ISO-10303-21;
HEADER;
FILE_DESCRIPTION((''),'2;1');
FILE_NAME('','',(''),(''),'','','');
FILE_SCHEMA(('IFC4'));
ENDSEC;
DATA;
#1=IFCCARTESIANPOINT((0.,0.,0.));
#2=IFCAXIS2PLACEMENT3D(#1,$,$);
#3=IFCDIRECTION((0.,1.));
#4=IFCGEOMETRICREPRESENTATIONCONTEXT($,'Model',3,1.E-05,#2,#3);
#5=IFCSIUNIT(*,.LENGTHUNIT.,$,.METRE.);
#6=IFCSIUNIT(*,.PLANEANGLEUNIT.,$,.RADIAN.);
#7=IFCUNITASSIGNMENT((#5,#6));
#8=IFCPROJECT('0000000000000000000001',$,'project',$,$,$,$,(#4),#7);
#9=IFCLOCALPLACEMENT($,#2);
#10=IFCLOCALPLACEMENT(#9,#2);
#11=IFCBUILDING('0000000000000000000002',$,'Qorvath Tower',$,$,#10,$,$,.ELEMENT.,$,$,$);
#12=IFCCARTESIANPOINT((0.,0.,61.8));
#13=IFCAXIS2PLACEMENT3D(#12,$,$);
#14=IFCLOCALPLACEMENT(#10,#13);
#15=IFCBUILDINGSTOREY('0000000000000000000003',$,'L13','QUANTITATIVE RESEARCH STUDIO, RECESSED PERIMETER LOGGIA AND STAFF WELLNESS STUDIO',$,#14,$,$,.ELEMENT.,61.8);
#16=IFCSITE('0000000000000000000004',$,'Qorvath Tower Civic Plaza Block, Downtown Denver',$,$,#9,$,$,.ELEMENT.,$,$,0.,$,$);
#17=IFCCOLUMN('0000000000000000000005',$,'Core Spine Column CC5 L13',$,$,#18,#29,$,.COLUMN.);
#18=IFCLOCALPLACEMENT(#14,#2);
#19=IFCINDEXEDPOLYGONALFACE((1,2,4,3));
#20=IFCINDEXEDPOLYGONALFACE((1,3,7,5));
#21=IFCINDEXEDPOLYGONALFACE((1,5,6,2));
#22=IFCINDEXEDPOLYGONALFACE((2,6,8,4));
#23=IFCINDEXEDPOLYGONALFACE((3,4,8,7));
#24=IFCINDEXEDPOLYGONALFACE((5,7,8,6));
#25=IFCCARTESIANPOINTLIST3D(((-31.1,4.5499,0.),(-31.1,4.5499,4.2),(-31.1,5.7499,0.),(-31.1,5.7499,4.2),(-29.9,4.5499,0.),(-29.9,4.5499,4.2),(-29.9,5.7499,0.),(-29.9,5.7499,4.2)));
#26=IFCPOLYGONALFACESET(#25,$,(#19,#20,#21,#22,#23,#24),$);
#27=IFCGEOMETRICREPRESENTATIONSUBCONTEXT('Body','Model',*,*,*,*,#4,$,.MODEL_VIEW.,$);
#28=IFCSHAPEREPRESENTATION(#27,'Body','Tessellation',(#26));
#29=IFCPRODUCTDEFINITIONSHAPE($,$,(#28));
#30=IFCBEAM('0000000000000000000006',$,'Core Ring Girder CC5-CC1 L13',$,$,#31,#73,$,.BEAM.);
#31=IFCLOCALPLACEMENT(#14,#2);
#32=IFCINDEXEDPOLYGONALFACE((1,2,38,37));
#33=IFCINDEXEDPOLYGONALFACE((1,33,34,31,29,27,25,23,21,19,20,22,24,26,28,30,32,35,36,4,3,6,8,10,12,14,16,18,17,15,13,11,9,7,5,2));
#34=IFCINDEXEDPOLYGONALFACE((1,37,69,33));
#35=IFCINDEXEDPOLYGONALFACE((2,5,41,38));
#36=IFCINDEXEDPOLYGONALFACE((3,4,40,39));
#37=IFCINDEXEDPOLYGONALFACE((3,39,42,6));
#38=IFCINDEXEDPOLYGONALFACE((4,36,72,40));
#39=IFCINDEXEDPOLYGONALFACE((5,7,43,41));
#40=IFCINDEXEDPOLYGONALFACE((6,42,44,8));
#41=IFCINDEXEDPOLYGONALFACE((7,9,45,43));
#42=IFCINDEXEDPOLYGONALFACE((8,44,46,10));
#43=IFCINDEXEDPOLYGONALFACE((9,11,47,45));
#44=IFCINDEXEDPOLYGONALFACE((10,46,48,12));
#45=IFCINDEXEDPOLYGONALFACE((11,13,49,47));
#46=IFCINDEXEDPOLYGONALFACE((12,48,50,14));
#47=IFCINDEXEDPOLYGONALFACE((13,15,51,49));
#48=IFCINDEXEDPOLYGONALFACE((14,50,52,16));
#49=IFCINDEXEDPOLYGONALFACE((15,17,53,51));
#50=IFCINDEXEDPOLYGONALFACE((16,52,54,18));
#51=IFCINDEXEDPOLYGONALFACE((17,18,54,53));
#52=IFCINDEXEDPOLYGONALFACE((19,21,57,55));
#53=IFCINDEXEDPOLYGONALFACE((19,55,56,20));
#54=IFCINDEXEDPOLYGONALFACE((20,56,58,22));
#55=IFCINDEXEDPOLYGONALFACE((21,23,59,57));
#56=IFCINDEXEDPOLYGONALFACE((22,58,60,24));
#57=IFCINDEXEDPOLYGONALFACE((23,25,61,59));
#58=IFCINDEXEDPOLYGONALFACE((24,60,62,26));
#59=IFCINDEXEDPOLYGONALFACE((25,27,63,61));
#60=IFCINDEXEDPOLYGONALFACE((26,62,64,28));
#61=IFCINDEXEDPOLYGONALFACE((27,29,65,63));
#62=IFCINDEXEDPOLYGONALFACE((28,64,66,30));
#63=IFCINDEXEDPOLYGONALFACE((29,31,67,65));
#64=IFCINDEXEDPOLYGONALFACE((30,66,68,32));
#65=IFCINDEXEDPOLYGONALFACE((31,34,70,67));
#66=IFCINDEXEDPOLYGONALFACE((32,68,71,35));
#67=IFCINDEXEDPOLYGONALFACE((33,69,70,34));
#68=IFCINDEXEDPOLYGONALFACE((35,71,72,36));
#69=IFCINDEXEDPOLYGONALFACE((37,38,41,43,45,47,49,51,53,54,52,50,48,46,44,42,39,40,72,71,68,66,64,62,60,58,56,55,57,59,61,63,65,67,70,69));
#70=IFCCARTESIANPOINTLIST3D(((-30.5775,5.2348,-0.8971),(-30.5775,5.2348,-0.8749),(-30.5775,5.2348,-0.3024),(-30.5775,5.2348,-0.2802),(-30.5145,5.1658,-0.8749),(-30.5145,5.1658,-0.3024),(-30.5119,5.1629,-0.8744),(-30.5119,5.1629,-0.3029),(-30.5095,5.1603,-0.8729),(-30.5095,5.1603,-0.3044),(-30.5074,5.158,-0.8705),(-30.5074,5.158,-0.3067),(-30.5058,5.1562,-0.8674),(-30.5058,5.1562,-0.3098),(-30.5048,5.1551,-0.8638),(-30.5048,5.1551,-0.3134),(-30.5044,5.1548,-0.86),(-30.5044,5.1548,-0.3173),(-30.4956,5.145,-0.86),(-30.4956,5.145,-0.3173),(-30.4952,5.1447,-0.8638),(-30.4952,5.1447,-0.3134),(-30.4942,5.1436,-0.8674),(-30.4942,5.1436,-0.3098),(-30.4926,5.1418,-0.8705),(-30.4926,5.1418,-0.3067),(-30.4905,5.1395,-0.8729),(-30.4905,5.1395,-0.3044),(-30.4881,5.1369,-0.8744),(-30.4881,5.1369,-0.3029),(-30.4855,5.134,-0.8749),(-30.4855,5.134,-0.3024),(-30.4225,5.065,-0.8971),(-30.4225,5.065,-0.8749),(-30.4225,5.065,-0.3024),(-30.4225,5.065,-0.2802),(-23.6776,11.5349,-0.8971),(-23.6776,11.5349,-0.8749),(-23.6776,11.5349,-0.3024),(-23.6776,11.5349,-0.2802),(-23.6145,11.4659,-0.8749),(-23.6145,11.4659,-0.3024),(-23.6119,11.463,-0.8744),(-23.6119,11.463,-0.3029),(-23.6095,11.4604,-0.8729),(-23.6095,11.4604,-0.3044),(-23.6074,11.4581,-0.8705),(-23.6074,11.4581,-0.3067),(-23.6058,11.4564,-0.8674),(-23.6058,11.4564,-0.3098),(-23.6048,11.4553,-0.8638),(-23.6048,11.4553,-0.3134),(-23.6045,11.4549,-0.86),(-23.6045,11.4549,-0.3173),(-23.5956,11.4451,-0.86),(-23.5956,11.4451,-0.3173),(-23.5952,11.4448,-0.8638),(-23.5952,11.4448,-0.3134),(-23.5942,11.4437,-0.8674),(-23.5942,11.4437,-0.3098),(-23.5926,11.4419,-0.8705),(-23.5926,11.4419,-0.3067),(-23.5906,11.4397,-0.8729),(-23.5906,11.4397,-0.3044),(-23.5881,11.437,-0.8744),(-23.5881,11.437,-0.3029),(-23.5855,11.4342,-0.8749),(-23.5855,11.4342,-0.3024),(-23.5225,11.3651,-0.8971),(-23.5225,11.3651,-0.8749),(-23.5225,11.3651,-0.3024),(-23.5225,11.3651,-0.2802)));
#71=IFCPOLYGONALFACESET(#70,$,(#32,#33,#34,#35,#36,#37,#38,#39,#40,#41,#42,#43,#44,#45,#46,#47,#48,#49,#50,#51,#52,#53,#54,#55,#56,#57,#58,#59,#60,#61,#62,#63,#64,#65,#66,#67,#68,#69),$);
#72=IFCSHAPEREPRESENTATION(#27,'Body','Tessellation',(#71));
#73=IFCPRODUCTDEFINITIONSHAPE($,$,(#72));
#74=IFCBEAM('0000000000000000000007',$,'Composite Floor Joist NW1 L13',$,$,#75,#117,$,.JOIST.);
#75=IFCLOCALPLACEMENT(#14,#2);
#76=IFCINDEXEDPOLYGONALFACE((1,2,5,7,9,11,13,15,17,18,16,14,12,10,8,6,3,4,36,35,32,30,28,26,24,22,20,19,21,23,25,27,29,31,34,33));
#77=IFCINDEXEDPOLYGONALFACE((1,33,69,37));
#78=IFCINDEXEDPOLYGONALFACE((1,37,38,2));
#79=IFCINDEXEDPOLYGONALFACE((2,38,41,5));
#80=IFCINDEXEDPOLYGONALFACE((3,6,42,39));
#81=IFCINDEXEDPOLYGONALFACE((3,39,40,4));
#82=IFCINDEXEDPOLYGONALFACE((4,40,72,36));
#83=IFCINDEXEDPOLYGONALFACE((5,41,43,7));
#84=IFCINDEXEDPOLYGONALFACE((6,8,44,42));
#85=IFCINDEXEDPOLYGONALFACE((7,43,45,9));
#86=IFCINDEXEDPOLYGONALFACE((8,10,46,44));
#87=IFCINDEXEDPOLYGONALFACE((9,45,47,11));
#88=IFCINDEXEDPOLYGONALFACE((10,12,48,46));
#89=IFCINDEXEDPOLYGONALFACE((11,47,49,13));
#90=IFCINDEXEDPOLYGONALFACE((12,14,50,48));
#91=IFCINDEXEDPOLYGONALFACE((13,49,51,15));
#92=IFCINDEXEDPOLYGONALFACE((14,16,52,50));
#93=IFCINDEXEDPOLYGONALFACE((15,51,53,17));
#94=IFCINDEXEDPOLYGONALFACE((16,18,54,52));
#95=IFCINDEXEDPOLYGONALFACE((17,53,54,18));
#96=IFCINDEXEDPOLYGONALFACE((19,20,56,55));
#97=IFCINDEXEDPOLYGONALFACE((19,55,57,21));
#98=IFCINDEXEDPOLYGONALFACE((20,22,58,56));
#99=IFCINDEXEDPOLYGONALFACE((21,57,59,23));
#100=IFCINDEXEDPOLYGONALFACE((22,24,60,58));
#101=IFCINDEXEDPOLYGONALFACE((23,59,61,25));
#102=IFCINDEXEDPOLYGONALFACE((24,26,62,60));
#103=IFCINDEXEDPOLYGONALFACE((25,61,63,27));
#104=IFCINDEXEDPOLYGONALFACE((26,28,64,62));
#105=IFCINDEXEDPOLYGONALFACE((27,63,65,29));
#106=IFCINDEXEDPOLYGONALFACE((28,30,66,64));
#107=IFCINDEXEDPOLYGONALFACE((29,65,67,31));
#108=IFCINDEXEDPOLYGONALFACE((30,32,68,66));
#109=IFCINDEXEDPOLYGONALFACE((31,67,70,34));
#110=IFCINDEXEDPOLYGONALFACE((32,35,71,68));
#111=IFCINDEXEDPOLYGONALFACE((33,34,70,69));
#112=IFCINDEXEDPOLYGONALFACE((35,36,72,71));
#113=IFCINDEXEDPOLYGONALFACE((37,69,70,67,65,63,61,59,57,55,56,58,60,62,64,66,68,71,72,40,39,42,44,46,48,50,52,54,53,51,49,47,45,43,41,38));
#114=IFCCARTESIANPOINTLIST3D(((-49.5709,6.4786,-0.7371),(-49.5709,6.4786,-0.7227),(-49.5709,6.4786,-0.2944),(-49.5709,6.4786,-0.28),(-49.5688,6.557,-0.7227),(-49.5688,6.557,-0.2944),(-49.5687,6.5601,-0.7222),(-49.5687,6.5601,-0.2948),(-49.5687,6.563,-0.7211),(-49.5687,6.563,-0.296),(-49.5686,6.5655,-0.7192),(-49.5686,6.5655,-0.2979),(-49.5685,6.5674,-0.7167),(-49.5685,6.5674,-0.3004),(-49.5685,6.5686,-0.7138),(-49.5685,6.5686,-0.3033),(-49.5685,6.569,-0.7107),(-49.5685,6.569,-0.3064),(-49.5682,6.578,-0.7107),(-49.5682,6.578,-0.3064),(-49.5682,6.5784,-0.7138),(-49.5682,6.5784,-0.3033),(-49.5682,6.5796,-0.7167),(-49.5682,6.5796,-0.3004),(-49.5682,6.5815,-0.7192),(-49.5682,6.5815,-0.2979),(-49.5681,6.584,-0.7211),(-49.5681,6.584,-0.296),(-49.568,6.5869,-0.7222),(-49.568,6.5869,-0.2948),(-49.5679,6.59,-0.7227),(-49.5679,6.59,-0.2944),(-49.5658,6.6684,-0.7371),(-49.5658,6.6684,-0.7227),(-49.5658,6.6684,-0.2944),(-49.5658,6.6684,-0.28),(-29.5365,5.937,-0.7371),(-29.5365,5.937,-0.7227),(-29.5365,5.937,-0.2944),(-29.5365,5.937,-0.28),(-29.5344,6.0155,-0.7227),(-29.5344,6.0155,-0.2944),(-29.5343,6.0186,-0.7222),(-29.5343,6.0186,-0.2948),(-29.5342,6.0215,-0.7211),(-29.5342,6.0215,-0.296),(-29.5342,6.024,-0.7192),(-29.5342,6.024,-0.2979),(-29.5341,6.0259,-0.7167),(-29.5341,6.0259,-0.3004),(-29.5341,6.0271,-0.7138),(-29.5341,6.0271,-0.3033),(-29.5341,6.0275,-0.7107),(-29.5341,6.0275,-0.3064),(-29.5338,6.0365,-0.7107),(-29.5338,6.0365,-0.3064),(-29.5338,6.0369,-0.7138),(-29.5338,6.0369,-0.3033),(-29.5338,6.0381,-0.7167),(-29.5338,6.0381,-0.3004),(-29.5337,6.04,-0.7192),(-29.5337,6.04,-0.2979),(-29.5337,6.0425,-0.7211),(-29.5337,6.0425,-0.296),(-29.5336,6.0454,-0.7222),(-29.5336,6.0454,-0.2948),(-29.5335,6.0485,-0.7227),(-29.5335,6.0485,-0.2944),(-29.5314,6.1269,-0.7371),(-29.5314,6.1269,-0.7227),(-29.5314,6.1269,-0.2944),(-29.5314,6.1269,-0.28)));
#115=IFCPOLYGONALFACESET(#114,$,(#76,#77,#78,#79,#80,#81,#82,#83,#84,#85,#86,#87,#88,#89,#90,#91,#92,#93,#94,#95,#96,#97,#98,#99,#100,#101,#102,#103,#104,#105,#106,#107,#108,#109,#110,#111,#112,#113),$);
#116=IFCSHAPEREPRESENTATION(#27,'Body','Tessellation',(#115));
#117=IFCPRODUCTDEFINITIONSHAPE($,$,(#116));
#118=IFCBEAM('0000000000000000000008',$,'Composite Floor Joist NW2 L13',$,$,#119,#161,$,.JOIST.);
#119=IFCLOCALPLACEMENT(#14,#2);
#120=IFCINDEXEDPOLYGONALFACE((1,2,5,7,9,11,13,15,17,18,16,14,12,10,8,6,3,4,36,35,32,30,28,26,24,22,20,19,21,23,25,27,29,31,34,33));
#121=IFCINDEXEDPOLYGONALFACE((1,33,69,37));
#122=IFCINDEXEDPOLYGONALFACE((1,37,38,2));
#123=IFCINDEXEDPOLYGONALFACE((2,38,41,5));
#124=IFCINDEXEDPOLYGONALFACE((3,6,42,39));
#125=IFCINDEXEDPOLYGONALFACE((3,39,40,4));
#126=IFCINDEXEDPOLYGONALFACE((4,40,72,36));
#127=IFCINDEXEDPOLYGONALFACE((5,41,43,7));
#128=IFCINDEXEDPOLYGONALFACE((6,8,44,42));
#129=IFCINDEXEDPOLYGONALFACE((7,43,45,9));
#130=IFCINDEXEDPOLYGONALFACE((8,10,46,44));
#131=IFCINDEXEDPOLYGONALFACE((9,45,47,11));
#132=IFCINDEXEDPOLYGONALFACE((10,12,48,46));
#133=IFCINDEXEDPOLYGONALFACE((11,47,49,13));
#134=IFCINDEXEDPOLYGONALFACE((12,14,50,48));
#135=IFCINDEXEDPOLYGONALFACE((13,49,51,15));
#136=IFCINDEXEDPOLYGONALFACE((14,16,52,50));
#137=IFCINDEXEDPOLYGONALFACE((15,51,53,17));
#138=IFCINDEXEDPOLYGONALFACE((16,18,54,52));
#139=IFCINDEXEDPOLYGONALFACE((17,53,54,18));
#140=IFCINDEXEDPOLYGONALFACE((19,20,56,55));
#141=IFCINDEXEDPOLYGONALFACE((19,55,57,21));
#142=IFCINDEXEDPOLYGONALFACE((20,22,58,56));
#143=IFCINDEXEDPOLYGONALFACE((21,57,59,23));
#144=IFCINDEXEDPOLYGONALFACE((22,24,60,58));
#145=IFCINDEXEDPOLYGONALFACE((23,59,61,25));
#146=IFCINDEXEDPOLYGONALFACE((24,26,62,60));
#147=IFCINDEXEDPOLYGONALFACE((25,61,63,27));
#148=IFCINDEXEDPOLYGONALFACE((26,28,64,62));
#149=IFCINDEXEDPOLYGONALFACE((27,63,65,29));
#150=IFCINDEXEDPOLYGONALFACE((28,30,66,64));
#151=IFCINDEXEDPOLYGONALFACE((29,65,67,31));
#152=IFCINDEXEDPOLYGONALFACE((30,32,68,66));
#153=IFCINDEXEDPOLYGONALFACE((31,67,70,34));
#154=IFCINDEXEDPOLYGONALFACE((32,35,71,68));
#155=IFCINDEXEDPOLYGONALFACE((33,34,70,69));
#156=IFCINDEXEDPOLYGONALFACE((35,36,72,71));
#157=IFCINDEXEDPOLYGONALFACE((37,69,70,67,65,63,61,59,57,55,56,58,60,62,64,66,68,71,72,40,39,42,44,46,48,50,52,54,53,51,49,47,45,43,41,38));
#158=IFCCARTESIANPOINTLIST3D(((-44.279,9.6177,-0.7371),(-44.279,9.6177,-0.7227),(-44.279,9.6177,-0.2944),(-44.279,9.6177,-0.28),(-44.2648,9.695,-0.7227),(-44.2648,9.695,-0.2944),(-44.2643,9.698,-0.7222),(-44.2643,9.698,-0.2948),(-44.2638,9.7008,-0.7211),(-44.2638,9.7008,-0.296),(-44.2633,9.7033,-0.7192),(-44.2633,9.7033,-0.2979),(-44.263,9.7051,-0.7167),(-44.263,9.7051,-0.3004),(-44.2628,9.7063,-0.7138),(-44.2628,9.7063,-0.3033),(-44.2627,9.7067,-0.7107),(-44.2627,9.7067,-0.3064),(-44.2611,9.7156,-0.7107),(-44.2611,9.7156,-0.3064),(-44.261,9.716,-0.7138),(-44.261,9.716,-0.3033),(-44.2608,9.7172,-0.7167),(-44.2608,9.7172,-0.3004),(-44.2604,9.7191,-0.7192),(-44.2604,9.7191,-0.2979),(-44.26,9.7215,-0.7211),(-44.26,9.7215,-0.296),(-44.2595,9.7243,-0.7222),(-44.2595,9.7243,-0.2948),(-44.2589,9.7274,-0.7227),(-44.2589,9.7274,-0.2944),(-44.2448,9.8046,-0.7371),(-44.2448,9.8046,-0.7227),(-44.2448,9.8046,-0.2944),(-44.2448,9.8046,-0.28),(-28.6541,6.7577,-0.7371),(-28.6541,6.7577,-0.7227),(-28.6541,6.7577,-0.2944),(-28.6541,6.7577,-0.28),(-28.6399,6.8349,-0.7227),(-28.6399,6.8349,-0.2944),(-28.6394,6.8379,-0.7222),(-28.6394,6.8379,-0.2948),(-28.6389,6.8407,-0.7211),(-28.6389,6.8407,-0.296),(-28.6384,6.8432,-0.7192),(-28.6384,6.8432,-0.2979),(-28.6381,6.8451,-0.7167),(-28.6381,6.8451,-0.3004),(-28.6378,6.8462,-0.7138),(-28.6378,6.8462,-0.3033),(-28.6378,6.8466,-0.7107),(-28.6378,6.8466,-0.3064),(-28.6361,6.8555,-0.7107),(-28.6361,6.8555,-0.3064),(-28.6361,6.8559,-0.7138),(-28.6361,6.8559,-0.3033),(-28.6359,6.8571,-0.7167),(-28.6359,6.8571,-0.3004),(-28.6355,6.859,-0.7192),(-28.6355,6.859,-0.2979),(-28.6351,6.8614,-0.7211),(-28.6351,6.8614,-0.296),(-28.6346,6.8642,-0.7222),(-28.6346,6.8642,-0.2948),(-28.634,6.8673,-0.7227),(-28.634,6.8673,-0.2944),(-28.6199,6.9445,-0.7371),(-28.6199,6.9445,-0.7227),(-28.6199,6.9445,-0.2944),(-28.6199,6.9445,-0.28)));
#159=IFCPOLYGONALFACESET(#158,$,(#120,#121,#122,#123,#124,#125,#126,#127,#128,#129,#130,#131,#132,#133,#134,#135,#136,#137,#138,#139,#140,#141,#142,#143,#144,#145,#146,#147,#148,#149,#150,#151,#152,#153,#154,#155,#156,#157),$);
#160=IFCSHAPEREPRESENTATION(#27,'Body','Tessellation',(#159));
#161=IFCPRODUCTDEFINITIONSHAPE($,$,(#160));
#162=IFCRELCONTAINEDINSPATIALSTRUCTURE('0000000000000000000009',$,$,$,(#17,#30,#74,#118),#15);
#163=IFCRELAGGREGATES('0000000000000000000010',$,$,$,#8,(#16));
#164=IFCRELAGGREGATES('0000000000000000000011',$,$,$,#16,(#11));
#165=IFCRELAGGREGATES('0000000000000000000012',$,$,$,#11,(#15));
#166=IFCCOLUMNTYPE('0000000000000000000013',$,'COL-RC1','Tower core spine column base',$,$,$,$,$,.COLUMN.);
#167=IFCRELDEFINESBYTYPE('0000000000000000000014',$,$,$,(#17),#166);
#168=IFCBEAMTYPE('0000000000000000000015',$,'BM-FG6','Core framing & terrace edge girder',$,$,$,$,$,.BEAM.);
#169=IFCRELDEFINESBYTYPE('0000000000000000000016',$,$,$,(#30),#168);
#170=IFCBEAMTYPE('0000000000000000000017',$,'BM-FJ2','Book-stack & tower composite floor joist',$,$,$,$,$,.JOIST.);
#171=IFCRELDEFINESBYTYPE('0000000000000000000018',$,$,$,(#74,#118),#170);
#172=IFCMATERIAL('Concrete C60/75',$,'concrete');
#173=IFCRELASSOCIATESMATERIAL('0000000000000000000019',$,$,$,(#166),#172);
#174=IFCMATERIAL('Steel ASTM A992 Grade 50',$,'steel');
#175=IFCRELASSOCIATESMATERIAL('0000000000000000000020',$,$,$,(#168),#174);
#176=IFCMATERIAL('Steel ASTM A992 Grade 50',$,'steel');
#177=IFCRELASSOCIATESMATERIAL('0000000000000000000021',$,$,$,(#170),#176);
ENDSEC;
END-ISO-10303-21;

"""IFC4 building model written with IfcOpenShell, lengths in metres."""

from ifc_helpers import new_model, si_unit, direction, frame, origin, origin_2d, place, context, subcontext, project, spatial, rectangle, i_section, extrude, material, material_profile, profile_set, type_object, element, save


model = new_model("IFC4")

# Units and contexts
model_context = context("Model", 3, precision=1e-05, world=origin(), true_north=direction((0.0, 1.0)))
body_context = subcontext(model_context, "Body", "Model", "MODEL_VIEW")
ifc_project = project(units=[si_unit("LENGTHUNIT", "METRE"), si_unit("PLANEANGLEUNIT", "RADIAN")], contexts=[model_context])

# Site, building, storey
site_placement = place(None, origin())
site = spatial("IfcSite", under=ifc_project, at=site_placement, Name="Qorvath Tower Civic Plaza Block, Downtown Denver", CompositionType="ELEMENT", RefElevation=0.0)
building_placement = place(site_placement, origin())
building = spatial("IfcBuilding", under=site, at=building_placement, Name="Qorvath Tower", CompositionType="ELEMENT")
storey_placement = place(building_placement, frame((0.0, 0.0, 61.8)))
storey = spatial("IfcBuildingStorey", under=building, at=storey_placement, Name="L13", Description="QUANTITATIVE RESEARCH STUDIO, RECESSED PERIMETER LOGGIA AND STAFF WELLNESS STUDIO", CompositionType="ELEMENT", Elevation=61.8)

# Column
ifc_material_1 = material(Name="Concrete C60/75", Category="concrete")
ifc_material_profile_1 = material_profile(ifc_material_1, rectangle(XDim=1.2, YDim=1.2, at=origin_2d()), Name="RC 1200x1200")
ifc_profile_set_1 = profile_set([ifc_material_profile_1], Name="Concrete C60/75")
column_type = type_object("IfcColumnType", Name="COL-RC1", Description="Tower core spine column base", PredefinedType="COLUMN", material=ifc_profile_set_1)
column_placement = place(storey_placement, frame((-30.5, 5.1499, 0.0), z_axis=(0.0, 0.0, 1.0), x_axis=(1.0, 0.0, 0.0)))
element("IfcColumn", 1, at=column_placement, inside=storey, type_object=column_type, Name="Core Spine Column CC5 L13", PredefinedType="COLUMN", context=body_context, shape_type="SweptSolid", body=[
    extrude(rectangle(XDim=1.2, YDim=1.2, at=origin_2d()), origin(), (0.0, 0.0, 1.0), 4.2),
])

# Beams
ifc_material_2 = material(Name="Steel ASTM A992 Grade 50", Category="steel")
ifc_material_profile_2 = material_profile(ifc_material_2, i_section(OverallWidth=0.23, OverallDepth=0.6169, WebThickness=0.0132, FlangeThickness=0.0222, FilletRadius=0.0149, at=origin_2d()), Name="W24x94")
ifc_profile_set_2 = profile_set([ifc_material_profile_2], Name="Steel ASTM A992 Grade 50")
beam_type_1 = type_object("IfcBeamType", Name="BM-FG6", Description="Core framing & terrace edge girder", PredefinedType="BEAM", material=ifc_profile_set_2)
beam_1_placement = place(storey_placement, frame((-30.5, 5.1499, -0.5886), z_axis=(0.738478, 0.674277, 0.0), x_axis=(-0.674277, 0.738478, 0.0)))
element("IfcBeam", 2, at=beam_1_placement, inside=storey, type_object=beam_type_1, Name="Core Ring Girder CC5-CC1 L13", PredefinedType="BEAM", context=body_context, shape_type="SweptSolid", body=[
    extrude(i_section(OverallWidth=0.23, OverallDepth=0.6169, WebThickness=0.0132, FlangeThickness=0.0222, FilletRadius=0.0149, at=origin_2d()), origin(), (0.0, 0.0, 1.0), 9.3435),
])
ifc_material_3 = material(Name="Steel ASTM A992 Grade 50", Category="steel")
ifc_material_profile_3 = material_profile(ifc_material_3, i_section(OverallWidth=0.1899, OverallDepth=0.457, WebThickness=0.009, FlangeThickness=0.0144, FilletRadius=0.012, at=origin_2d()), Name="W18x50")
ifc_profile_set_3 = profile_set([ifc_material_profile_3], Name="Steel ASTM A992 Grade 50")
beam_type_2 = type_object("IfcBeamType", Name="BM-FJ2", Description="Book-stack & tower composite floor joist", PredefinedType="JOIST", material=ifc_profile_set_3)
beam_2_placement = place(storey_placement, frame((-29.5339, 6.032, -0.5085), z_axis=(-0.999635, 0.027019, 0.0), x_axis=(-0.027019, -0.999635, 0.0)))
element("IfcBeam", 3, at=beam_2_placement, inside=storey, type_object=beam_type_2, Name="Composite Floor Joist NW1 L13", PredefinedType="JOIST", context=body_context, shape_type="SweptSolid", body=[
    extrude(i_section(OverallWidth=0.1899, OverallDepth=0.457, WebThickness=0.009, FlangeThickness=0.0144, FilletRadius=0.012, at=origin_2d()), origin(), (0.0, 0.0, 1.0), 20.0417),
])
beam_3_placement = place(storey_placement, frame((-28.637, 6.8511, -0.5085), z_axis=(-0.983656, 0.180055, 0.0), x_axis=(-0.180055, -0.983656, 0.0)))
element("IfcBeam", 4, at=beam_3_placement, inside=storey, type_object=beam_type_2, Name="Composite Floor Joist NW2 L13", PredefinedType="JOIST", context=body_context, shape_type="SweptSolid", body=[
    extrude(i_section(OverallWidth=0.1899, OverallDepth=0.457, WebThickness=0.009, FlangeThickness=0.0144, FilletRadius=0.012, at=origin_2d()), origin(), (0.0, 0.0, 1.0), 15.8845),
])

save(model, "model.ifc")
